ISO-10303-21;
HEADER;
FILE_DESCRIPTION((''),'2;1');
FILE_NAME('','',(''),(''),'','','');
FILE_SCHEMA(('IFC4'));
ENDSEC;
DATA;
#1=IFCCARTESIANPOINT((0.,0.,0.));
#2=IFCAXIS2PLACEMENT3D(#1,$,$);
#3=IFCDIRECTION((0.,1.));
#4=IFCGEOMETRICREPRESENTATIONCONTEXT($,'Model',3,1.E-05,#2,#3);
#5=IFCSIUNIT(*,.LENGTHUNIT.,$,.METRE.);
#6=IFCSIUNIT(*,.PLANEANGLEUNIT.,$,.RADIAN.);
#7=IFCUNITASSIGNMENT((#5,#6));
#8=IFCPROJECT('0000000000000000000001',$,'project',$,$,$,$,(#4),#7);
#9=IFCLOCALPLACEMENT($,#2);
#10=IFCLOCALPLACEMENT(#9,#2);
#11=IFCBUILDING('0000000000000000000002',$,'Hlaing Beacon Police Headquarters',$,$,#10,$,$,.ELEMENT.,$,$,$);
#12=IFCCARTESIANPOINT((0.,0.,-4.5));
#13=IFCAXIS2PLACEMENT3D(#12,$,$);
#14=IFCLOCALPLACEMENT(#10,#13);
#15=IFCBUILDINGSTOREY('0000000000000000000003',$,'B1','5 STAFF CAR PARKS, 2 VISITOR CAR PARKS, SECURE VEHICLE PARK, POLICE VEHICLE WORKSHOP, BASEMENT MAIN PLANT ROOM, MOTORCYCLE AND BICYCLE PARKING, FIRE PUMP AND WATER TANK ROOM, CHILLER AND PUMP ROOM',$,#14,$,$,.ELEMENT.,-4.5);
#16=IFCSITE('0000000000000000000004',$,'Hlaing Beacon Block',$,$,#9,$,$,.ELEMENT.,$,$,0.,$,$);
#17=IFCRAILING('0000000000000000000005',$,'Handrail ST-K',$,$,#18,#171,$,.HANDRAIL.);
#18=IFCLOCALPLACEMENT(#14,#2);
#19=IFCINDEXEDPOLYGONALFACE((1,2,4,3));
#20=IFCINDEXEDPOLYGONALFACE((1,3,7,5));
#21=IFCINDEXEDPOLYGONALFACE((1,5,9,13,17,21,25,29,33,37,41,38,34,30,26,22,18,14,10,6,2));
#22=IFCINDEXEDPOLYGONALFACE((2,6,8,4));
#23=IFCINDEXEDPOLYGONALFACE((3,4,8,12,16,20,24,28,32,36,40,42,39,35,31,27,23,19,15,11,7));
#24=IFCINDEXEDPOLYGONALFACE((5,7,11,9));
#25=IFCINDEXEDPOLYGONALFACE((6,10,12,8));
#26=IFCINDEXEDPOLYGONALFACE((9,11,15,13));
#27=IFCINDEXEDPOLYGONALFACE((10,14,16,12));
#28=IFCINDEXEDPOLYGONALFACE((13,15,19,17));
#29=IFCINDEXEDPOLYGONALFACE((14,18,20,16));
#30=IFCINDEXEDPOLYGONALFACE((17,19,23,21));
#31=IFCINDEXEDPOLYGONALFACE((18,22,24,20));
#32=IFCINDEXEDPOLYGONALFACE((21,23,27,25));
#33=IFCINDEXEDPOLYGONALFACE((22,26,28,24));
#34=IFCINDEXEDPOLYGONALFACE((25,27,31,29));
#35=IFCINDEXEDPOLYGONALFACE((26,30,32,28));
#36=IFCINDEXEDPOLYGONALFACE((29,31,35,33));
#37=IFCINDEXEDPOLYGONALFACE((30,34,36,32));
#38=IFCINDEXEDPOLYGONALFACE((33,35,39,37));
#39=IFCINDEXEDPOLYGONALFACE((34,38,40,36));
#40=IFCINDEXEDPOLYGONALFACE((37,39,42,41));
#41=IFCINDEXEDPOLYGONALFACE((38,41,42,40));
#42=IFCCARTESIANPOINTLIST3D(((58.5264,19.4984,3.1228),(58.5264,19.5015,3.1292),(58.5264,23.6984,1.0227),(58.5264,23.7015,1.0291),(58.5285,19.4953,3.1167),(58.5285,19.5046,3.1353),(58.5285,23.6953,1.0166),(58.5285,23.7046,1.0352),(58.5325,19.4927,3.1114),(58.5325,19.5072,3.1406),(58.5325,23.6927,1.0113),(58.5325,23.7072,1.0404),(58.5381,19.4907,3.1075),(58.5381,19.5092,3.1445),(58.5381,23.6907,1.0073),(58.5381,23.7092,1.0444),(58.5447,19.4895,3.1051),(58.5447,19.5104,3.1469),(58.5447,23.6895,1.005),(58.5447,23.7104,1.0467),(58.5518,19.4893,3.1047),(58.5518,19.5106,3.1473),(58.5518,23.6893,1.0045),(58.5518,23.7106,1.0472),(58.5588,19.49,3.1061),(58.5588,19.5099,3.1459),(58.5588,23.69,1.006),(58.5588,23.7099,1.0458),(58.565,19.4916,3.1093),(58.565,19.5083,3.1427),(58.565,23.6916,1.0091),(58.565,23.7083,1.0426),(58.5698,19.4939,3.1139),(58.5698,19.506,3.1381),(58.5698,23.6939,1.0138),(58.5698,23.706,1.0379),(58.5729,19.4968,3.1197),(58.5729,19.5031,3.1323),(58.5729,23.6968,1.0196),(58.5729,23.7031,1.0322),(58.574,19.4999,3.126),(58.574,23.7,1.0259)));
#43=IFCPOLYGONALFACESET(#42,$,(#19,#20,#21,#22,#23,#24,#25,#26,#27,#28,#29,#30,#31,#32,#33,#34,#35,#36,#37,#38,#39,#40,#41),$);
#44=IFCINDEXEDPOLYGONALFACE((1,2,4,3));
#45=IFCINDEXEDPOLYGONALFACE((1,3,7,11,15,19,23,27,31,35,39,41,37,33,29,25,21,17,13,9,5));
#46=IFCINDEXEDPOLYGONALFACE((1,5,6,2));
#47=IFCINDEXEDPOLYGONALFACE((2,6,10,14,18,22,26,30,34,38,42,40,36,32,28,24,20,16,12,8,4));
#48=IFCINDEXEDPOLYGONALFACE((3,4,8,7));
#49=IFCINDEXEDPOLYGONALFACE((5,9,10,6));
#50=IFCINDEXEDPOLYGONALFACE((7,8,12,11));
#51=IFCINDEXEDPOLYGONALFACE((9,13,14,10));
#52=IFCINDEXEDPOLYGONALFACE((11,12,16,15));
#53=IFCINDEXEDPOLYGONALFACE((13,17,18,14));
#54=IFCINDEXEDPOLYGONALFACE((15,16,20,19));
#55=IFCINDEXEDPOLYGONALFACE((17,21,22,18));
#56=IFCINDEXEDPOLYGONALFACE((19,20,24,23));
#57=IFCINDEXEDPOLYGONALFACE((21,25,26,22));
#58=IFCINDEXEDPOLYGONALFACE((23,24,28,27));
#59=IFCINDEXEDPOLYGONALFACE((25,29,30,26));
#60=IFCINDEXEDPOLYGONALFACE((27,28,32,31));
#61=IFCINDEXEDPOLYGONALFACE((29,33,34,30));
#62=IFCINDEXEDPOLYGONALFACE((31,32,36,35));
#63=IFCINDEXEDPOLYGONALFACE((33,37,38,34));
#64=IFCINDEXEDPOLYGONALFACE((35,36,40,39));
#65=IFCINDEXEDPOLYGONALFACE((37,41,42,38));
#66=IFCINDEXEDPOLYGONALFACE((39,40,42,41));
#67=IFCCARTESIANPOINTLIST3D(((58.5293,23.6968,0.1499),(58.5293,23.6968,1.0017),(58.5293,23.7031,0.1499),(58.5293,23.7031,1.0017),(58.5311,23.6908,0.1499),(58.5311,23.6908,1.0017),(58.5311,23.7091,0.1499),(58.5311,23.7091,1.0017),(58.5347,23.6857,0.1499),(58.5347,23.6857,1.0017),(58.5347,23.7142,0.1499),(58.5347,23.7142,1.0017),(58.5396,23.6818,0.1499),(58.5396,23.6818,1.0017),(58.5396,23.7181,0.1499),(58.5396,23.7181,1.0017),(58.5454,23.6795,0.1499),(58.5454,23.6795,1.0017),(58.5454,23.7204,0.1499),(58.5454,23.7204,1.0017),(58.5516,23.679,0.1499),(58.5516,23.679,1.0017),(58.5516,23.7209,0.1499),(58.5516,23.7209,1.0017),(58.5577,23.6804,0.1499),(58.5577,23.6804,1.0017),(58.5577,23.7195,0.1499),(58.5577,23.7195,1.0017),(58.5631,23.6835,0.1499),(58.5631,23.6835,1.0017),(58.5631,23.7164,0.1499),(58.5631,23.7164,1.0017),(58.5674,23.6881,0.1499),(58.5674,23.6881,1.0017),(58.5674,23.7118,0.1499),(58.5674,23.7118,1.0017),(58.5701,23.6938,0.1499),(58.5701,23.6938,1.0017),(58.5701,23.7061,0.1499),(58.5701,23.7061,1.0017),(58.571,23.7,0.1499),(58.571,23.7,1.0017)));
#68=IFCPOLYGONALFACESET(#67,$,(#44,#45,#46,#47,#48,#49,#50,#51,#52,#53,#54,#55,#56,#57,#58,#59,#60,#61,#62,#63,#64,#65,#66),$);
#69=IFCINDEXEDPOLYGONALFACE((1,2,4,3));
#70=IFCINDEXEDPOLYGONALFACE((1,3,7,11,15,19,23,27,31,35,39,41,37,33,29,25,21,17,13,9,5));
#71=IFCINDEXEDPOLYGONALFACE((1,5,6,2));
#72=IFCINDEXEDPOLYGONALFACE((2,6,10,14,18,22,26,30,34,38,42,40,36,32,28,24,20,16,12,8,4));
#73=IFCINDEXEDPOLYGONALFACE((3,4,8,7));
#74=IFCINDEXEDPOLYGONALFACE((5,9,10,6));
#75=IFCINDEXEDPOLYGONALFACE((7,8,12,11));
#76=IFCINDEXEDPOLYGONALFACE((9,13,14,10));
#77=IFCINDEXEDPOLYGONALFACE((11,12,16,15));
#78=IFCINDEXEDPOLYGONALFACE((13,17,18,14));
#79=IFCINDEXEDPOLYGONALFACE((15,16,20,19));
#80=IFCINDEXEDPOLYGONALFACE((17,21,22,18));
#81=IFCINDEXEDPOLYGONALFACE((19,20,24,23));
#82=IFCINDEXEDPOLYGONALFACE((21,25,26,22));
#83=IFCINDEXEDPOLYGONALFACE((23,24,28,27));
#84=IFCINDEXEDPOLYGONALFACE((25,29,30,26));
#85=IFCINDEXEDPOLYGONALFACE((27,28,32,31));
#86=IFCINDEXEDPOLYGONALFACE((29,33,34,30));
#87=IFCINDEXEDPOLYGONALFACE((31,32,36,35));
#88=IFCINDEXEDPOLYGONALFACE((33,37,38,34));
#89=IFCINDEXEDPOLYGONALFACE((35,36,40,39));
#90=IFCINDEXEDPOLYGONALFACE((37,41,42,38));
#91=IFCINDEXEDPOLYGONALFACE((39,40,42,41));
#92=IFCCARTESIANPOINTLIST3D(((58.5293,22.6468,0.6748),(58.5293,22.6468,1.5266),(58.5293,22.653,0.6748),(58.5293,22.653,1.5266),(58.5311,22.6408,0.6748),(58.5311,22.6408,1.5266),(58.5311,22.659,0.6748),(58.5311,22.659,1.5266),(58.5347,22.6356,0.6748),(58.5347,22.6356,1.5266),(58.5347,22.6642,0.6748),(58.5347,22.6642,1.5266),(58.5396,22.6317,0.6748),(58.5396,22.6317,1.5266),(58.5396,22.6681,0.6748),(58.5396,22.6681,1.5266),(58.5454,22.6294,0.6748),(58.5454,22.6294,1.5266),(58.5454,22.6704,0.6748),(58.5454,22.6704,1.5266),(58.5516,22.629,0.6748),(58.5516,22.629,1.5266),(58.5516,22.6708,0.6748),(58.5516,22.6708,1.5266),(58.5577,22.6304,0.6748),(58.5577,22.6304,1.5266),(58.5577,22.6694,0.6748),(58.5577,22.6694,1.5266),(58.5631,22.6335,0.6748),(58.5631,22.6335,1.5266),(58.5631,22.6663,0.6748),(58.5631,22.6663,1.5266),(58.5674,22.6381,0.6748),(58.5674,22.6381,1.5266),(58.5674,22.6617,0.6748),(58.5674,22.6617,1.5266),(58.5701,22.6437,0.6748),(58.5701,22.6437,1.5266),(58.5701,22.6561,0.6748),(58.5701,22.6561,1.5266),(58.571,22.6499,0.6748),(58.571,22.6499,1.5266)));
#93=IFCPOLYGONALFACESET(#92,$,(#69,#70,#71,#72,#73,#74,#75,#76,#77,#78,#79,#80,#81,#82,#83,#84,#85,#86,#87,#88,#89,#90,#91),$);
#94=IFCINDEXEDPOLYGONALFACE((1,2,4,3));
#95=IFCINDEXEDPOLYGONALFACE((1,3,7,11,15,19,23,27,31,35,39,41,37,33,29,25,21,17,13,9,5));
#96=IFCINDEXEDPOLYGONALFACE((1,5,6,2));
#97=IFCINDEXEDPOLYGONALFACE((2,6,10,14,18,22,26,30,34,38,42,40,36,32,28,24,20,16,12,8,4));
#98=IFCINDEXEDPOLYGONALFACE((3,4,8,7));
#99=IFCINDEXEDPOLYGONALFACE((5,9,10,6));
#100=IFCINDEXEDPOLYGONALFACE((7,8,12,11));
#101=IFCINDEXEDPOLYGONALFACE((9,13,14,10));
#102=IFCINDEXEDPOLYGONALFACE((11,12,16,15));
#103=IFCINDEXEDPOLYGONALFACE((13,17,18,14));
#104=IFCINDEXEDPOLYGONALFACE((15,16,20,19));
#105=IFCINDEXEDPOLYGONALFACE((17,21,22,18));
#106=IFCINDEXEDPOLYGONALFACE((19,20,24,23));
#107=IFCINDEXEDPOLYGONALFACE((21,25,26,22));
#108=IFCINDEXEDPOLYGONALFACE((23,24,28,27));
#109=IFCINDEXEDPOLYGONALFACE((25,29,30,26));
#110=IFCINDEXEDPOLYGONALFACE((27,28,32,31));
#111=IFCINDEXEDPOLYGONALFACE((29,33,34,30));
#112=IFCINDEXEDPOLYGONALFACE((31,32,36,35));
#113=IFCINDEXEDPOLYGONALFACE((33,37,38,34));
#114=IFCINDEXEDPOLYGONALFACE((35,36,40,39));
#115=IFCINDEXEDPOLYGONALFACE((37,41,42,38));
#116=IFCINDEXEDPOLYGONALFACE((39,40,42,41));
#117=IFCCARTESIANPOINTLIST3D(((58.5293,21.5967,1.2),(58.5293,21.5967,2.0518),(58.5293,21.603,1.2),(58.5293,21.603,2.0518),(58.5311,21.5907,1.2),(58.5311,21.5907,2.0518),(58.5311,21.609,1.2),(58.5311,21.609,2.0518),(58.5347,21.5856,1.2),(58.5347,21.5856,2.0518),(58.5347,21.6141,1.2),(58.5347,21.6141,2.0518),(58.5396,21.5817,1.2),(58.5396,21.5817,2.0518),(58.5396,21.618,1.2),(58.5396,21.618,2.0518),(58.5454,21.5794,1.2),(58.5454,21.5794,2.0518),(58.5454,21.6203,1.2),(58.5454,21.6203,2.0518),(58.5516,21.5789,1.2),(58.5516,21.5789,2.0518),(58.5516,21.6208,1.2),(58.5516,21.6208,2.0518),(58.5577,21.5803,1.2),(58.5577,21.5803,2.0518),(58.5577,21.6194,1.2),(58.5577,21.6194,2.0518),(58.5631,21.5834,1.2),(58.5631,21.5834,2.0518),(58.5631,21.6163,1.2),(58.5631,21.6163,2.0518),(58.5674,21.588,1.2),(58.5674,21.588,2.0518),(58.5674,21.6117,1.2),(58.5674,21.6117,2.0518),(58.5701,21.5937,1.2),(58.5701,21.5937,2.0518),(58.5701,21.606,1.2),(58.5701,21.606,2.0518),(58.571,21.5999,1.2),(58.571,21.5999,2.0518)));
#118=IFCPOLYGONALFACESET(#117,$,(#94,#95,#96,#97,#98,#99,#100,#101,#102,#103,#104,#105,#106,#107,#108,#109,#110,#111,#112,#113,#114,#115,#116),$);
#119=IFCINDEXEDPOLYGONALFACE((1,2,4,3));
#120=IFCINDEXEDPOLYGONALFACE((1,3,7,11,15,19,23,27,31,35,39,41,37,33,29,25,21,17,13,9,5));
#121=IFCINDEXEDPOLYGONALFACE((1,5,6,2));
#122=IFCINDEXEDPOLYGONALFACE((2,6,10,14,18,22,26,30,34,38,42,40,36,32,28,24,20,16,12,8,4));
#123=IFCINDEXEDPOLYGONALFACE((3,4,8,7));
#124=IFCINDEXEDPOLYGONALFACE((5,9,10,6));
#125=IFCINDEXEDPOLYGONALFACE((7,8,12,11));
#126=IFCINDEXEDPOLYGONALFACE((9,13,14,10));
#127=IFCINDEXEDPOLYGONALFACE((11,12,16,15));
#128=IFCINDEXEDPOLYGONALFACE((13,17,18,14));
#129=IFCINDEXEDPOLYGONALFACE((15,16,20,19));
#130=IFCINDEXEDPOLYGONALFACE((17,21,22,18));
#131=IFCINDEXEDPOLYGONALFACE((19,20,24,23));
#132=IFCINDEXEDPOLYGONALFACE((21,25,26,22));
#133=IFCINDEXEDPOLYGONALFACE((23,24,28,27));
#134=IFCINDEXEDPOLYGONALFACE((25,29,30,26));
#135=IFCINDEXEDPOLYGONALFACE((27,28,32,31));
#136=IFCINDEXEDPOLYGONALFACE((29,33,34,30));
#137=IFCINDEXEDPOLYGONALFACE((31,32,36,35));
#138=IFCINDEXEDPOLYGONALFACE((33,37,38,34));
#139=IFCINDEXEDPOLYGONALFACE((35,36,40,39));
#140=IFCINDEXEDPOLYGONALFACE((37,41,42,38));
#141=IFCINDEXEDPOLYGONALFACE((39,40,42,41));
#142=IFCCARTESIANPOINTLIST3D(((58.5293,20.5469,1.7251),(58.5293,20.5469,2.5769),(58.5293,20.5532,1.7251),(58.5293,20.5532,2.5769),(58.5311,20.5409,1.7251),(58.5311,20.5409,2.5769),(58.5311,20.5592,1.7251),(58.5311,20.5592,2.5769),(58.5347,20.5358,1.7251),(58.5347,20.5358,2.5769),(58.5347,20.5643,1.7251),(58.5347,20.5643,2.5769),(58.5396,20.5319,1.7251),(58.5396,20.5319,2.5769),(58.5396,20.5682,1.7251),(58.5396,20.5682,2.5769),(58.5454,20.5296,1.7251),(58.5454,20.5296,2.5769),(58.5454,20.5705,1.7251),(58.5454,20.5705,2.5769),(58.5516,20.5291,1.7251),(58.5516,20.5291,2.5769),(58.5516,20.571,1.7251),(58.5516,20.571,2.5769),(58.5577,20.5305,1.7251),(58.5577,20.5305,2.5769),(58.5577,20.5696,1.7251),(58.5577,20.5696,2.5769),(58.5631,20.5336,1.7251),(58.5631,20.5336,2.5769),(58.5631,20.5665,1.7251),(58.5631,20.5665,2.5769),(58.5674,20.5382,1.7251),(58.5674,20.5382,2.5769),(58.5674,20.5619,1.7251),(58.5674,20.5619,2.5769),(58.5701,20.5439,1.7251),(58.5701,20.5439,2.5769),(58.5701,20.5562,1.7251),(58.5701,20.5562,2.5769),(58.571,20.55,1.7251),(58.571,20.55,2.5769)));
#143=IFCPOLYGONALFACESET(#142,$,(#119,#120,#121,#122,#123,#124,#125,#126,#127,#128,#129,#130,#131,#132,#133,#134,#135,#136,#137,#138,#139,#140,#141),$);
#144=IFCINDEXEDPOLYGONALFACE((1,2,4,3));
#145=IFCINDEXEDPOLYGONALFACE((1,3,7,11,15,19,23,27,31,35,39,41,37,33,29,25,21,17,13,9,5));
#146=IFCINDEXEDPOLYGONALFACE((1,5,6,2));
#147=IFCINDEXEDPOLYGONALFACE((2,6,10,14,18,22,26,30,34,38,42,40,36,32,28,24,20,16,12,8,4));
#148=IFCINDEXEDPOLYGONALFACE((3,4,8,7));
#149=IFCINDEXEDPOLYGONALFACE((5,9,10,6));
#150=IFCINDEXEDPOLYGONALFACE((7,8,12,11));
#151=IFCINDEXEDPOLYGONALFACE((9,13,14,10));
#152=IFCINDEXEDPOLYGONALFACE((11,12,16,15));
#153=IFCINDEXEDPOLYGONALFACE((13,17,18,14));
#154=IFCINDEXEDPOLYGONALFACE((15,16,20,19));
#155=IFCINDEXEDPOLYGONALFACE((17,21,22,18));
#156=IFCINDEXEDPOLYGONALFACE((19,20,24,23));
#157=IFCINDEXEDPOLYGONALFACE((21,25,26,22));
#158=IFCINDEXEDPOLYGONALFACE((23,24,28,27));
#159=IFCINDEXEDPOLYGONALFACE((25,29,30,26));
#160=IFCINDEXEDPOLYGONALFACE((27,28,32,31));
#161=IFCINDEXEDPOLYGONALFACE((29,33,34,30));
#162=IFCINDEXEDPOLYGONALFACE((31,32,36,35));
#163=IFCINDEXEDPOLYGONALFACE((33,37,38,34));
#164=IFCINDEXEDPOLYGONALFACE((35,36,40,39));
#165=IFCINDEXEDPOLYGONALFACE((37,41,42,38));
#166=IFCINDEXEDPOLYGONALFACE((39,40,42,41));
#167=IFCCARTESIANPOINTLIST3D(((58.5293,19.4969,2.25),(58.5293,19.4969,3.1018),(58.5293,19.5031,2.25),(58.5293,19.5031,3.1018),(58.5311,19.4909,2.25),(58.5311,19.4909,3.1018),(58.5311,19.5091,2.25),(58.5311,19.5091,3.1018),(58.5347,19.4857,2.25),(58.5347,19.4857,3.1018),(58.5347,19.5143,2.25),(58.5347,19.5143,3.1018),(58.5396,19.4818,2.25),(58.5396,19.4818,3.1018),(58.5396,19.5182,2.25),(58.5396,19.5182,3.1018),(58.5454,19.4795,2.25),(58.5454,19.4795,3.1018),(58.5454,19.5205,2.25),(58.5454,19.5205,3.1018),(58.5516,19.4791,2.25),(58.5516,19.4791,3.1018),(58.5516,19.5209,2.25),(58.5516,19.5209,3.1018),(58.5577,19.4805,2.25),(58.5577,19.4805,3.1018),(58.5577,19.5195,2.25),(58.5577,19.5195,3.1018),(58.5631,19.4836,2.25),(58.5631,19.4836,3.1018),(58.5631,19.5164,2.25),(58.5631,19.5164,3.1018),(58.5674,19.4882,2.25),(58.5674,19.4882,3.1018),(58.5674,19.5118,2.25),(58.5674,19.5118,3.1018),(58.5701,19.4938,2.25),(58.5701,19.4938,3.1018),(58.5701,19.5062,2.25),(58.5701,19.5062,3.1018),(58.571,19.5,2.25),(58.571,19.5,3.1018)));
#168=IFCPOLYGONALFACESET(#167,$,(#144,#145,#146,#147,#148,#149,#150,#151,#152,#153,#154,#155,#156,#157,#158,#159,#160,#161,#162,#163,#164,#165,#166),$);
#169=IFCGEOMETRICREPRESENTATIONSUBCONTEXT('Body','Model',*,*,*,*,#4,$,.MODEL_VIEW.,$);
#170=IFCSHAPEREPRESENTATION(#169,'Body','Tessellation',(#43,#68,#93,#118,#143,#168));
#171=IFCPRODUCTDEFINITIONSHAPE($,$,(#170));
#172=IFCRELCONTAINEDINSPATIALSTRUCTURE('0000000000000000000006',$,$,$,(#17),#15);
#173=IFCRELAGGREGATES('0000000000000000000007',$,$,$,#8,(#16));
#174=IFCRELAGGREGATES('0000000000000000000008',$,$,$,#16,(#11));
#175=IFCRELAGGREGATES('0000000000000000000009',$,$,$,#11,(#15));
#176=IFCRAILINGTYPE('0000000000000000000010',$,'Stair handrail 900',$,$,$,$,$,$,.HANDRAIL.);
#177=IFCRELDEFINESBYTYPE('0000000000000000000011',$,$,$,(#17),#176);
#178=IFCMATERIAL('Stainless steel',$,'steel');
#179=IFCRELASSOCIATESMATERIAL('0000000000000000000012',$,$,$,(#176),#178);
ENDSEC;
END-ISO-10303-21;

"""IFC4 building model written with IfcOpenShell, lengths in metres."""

from ifc_helpers import new_model, si_unit, direction, frame, origin, origin_2d, place, context, subcontext, project, spatial, circle, extrude, material, type_object, element, save


model = new_model("IFC4")

# Units and contexts
model_context = context("Model", 3, precision=1e-05, world=origin(), true_north=direction((0.0, 1.0)))
body_context = subcontext(model_context, "Body", "Model", "MODEL_VIEW")
ifc_project = project(units=[si_unit("LENGTHUNIT", "METRE"), si_unit("PLANEANGLEUNIT", "RADIAN")], contexts=[model_context])

# Site, building, storey
site_placement = place(None, origin())
site = spatial("IfcSite", under=ifc_project, at=site_placement, Name="Hlaing Beacon Block", CompositionType="ELEMENT", RefElevation=0.0)
building_placement = place(site_placement, origin())
building = spatial("IfcBuilding", under=site, at=building_placement, Name="Hlaing Beacon Police Headquarters", CompositionType="ELEMENT")
storey_placement = place(building_placement, frame((0.0, 0.0, -4.5)))
storey = spatial("IfcBuildingStorey", under=building, at=storey_placement, Name="B1", Description="5 STAFF CAR PARKS, 2 VISITOR CAR PARKS, SECURE VEHICLE PARK, POLICE VEHICLE WORKSHOP, BASEMENT MAIN PLANT ROOM, MOTORCYCLE AND BICYCLE PARKING, FIRE PUMP AND WATER TANK ROOM, CHILLER AND PUMP ROOM", CompositionType="ELEMENT", Elevation=-4.5)

# Railing
ifc_material_1 = material(Name="Stainless steel", Category="steel")
railing_type = type_object("IfcRailingType", Name="Stair handrail 900", PredefinedType="HANDRAIL", material=ifc_material_1)
for number, where, name in (
    (1, (58.55, 23.7, 0.1499), "Handrail ST-K"),
):
    element("IfcRailing", number, at=place(storey_placement, frame(where)), inside=storey, type_object=railing_type, Name=name, PredefinedType="HANDRAIL", context=body_context, shape_type="SweptSolid", body=[
        extrude(circle(Radius=0.0239, at=origin_2d()), frame((0.0, 0.0, 0.876), z_axis=(0.0, -0.894417, 0.447234), x_axis=(1.0, 0.0, 0.0)), (0.0, 0.0, 1.0), 4.6958),
        extrude(circle(Radius=0.021, at=origin_2d()), origin(), (0.0, 0.0, 1.0), 0.8518),
        extrude(circle(Radius=0.021, at=origin_2d()), frame((0.0, -1.05, 0.5249)), (0.0, 0.0, 1.0), 0.8518),
        extrude(circle(Radius=0.021, at=origin_2d()), frame((0.0, -2.1001, 1.05)), (0.0, 0.0, 1.0), 0.8518),
        extrude(circle(Radius=0.021, at=origin_2d()), frame((0.0, -3.1499, 1.5752)), (0.0, 0.0, 1.0), 0.8518),
        extrude(circle(Radius=0.021, at=origin_2d()), frame((0.0, -4.2, 2.1001)), (0.0, 0.0, 1.0), 0.8518),
    ])

save(model, "model.ifc")
